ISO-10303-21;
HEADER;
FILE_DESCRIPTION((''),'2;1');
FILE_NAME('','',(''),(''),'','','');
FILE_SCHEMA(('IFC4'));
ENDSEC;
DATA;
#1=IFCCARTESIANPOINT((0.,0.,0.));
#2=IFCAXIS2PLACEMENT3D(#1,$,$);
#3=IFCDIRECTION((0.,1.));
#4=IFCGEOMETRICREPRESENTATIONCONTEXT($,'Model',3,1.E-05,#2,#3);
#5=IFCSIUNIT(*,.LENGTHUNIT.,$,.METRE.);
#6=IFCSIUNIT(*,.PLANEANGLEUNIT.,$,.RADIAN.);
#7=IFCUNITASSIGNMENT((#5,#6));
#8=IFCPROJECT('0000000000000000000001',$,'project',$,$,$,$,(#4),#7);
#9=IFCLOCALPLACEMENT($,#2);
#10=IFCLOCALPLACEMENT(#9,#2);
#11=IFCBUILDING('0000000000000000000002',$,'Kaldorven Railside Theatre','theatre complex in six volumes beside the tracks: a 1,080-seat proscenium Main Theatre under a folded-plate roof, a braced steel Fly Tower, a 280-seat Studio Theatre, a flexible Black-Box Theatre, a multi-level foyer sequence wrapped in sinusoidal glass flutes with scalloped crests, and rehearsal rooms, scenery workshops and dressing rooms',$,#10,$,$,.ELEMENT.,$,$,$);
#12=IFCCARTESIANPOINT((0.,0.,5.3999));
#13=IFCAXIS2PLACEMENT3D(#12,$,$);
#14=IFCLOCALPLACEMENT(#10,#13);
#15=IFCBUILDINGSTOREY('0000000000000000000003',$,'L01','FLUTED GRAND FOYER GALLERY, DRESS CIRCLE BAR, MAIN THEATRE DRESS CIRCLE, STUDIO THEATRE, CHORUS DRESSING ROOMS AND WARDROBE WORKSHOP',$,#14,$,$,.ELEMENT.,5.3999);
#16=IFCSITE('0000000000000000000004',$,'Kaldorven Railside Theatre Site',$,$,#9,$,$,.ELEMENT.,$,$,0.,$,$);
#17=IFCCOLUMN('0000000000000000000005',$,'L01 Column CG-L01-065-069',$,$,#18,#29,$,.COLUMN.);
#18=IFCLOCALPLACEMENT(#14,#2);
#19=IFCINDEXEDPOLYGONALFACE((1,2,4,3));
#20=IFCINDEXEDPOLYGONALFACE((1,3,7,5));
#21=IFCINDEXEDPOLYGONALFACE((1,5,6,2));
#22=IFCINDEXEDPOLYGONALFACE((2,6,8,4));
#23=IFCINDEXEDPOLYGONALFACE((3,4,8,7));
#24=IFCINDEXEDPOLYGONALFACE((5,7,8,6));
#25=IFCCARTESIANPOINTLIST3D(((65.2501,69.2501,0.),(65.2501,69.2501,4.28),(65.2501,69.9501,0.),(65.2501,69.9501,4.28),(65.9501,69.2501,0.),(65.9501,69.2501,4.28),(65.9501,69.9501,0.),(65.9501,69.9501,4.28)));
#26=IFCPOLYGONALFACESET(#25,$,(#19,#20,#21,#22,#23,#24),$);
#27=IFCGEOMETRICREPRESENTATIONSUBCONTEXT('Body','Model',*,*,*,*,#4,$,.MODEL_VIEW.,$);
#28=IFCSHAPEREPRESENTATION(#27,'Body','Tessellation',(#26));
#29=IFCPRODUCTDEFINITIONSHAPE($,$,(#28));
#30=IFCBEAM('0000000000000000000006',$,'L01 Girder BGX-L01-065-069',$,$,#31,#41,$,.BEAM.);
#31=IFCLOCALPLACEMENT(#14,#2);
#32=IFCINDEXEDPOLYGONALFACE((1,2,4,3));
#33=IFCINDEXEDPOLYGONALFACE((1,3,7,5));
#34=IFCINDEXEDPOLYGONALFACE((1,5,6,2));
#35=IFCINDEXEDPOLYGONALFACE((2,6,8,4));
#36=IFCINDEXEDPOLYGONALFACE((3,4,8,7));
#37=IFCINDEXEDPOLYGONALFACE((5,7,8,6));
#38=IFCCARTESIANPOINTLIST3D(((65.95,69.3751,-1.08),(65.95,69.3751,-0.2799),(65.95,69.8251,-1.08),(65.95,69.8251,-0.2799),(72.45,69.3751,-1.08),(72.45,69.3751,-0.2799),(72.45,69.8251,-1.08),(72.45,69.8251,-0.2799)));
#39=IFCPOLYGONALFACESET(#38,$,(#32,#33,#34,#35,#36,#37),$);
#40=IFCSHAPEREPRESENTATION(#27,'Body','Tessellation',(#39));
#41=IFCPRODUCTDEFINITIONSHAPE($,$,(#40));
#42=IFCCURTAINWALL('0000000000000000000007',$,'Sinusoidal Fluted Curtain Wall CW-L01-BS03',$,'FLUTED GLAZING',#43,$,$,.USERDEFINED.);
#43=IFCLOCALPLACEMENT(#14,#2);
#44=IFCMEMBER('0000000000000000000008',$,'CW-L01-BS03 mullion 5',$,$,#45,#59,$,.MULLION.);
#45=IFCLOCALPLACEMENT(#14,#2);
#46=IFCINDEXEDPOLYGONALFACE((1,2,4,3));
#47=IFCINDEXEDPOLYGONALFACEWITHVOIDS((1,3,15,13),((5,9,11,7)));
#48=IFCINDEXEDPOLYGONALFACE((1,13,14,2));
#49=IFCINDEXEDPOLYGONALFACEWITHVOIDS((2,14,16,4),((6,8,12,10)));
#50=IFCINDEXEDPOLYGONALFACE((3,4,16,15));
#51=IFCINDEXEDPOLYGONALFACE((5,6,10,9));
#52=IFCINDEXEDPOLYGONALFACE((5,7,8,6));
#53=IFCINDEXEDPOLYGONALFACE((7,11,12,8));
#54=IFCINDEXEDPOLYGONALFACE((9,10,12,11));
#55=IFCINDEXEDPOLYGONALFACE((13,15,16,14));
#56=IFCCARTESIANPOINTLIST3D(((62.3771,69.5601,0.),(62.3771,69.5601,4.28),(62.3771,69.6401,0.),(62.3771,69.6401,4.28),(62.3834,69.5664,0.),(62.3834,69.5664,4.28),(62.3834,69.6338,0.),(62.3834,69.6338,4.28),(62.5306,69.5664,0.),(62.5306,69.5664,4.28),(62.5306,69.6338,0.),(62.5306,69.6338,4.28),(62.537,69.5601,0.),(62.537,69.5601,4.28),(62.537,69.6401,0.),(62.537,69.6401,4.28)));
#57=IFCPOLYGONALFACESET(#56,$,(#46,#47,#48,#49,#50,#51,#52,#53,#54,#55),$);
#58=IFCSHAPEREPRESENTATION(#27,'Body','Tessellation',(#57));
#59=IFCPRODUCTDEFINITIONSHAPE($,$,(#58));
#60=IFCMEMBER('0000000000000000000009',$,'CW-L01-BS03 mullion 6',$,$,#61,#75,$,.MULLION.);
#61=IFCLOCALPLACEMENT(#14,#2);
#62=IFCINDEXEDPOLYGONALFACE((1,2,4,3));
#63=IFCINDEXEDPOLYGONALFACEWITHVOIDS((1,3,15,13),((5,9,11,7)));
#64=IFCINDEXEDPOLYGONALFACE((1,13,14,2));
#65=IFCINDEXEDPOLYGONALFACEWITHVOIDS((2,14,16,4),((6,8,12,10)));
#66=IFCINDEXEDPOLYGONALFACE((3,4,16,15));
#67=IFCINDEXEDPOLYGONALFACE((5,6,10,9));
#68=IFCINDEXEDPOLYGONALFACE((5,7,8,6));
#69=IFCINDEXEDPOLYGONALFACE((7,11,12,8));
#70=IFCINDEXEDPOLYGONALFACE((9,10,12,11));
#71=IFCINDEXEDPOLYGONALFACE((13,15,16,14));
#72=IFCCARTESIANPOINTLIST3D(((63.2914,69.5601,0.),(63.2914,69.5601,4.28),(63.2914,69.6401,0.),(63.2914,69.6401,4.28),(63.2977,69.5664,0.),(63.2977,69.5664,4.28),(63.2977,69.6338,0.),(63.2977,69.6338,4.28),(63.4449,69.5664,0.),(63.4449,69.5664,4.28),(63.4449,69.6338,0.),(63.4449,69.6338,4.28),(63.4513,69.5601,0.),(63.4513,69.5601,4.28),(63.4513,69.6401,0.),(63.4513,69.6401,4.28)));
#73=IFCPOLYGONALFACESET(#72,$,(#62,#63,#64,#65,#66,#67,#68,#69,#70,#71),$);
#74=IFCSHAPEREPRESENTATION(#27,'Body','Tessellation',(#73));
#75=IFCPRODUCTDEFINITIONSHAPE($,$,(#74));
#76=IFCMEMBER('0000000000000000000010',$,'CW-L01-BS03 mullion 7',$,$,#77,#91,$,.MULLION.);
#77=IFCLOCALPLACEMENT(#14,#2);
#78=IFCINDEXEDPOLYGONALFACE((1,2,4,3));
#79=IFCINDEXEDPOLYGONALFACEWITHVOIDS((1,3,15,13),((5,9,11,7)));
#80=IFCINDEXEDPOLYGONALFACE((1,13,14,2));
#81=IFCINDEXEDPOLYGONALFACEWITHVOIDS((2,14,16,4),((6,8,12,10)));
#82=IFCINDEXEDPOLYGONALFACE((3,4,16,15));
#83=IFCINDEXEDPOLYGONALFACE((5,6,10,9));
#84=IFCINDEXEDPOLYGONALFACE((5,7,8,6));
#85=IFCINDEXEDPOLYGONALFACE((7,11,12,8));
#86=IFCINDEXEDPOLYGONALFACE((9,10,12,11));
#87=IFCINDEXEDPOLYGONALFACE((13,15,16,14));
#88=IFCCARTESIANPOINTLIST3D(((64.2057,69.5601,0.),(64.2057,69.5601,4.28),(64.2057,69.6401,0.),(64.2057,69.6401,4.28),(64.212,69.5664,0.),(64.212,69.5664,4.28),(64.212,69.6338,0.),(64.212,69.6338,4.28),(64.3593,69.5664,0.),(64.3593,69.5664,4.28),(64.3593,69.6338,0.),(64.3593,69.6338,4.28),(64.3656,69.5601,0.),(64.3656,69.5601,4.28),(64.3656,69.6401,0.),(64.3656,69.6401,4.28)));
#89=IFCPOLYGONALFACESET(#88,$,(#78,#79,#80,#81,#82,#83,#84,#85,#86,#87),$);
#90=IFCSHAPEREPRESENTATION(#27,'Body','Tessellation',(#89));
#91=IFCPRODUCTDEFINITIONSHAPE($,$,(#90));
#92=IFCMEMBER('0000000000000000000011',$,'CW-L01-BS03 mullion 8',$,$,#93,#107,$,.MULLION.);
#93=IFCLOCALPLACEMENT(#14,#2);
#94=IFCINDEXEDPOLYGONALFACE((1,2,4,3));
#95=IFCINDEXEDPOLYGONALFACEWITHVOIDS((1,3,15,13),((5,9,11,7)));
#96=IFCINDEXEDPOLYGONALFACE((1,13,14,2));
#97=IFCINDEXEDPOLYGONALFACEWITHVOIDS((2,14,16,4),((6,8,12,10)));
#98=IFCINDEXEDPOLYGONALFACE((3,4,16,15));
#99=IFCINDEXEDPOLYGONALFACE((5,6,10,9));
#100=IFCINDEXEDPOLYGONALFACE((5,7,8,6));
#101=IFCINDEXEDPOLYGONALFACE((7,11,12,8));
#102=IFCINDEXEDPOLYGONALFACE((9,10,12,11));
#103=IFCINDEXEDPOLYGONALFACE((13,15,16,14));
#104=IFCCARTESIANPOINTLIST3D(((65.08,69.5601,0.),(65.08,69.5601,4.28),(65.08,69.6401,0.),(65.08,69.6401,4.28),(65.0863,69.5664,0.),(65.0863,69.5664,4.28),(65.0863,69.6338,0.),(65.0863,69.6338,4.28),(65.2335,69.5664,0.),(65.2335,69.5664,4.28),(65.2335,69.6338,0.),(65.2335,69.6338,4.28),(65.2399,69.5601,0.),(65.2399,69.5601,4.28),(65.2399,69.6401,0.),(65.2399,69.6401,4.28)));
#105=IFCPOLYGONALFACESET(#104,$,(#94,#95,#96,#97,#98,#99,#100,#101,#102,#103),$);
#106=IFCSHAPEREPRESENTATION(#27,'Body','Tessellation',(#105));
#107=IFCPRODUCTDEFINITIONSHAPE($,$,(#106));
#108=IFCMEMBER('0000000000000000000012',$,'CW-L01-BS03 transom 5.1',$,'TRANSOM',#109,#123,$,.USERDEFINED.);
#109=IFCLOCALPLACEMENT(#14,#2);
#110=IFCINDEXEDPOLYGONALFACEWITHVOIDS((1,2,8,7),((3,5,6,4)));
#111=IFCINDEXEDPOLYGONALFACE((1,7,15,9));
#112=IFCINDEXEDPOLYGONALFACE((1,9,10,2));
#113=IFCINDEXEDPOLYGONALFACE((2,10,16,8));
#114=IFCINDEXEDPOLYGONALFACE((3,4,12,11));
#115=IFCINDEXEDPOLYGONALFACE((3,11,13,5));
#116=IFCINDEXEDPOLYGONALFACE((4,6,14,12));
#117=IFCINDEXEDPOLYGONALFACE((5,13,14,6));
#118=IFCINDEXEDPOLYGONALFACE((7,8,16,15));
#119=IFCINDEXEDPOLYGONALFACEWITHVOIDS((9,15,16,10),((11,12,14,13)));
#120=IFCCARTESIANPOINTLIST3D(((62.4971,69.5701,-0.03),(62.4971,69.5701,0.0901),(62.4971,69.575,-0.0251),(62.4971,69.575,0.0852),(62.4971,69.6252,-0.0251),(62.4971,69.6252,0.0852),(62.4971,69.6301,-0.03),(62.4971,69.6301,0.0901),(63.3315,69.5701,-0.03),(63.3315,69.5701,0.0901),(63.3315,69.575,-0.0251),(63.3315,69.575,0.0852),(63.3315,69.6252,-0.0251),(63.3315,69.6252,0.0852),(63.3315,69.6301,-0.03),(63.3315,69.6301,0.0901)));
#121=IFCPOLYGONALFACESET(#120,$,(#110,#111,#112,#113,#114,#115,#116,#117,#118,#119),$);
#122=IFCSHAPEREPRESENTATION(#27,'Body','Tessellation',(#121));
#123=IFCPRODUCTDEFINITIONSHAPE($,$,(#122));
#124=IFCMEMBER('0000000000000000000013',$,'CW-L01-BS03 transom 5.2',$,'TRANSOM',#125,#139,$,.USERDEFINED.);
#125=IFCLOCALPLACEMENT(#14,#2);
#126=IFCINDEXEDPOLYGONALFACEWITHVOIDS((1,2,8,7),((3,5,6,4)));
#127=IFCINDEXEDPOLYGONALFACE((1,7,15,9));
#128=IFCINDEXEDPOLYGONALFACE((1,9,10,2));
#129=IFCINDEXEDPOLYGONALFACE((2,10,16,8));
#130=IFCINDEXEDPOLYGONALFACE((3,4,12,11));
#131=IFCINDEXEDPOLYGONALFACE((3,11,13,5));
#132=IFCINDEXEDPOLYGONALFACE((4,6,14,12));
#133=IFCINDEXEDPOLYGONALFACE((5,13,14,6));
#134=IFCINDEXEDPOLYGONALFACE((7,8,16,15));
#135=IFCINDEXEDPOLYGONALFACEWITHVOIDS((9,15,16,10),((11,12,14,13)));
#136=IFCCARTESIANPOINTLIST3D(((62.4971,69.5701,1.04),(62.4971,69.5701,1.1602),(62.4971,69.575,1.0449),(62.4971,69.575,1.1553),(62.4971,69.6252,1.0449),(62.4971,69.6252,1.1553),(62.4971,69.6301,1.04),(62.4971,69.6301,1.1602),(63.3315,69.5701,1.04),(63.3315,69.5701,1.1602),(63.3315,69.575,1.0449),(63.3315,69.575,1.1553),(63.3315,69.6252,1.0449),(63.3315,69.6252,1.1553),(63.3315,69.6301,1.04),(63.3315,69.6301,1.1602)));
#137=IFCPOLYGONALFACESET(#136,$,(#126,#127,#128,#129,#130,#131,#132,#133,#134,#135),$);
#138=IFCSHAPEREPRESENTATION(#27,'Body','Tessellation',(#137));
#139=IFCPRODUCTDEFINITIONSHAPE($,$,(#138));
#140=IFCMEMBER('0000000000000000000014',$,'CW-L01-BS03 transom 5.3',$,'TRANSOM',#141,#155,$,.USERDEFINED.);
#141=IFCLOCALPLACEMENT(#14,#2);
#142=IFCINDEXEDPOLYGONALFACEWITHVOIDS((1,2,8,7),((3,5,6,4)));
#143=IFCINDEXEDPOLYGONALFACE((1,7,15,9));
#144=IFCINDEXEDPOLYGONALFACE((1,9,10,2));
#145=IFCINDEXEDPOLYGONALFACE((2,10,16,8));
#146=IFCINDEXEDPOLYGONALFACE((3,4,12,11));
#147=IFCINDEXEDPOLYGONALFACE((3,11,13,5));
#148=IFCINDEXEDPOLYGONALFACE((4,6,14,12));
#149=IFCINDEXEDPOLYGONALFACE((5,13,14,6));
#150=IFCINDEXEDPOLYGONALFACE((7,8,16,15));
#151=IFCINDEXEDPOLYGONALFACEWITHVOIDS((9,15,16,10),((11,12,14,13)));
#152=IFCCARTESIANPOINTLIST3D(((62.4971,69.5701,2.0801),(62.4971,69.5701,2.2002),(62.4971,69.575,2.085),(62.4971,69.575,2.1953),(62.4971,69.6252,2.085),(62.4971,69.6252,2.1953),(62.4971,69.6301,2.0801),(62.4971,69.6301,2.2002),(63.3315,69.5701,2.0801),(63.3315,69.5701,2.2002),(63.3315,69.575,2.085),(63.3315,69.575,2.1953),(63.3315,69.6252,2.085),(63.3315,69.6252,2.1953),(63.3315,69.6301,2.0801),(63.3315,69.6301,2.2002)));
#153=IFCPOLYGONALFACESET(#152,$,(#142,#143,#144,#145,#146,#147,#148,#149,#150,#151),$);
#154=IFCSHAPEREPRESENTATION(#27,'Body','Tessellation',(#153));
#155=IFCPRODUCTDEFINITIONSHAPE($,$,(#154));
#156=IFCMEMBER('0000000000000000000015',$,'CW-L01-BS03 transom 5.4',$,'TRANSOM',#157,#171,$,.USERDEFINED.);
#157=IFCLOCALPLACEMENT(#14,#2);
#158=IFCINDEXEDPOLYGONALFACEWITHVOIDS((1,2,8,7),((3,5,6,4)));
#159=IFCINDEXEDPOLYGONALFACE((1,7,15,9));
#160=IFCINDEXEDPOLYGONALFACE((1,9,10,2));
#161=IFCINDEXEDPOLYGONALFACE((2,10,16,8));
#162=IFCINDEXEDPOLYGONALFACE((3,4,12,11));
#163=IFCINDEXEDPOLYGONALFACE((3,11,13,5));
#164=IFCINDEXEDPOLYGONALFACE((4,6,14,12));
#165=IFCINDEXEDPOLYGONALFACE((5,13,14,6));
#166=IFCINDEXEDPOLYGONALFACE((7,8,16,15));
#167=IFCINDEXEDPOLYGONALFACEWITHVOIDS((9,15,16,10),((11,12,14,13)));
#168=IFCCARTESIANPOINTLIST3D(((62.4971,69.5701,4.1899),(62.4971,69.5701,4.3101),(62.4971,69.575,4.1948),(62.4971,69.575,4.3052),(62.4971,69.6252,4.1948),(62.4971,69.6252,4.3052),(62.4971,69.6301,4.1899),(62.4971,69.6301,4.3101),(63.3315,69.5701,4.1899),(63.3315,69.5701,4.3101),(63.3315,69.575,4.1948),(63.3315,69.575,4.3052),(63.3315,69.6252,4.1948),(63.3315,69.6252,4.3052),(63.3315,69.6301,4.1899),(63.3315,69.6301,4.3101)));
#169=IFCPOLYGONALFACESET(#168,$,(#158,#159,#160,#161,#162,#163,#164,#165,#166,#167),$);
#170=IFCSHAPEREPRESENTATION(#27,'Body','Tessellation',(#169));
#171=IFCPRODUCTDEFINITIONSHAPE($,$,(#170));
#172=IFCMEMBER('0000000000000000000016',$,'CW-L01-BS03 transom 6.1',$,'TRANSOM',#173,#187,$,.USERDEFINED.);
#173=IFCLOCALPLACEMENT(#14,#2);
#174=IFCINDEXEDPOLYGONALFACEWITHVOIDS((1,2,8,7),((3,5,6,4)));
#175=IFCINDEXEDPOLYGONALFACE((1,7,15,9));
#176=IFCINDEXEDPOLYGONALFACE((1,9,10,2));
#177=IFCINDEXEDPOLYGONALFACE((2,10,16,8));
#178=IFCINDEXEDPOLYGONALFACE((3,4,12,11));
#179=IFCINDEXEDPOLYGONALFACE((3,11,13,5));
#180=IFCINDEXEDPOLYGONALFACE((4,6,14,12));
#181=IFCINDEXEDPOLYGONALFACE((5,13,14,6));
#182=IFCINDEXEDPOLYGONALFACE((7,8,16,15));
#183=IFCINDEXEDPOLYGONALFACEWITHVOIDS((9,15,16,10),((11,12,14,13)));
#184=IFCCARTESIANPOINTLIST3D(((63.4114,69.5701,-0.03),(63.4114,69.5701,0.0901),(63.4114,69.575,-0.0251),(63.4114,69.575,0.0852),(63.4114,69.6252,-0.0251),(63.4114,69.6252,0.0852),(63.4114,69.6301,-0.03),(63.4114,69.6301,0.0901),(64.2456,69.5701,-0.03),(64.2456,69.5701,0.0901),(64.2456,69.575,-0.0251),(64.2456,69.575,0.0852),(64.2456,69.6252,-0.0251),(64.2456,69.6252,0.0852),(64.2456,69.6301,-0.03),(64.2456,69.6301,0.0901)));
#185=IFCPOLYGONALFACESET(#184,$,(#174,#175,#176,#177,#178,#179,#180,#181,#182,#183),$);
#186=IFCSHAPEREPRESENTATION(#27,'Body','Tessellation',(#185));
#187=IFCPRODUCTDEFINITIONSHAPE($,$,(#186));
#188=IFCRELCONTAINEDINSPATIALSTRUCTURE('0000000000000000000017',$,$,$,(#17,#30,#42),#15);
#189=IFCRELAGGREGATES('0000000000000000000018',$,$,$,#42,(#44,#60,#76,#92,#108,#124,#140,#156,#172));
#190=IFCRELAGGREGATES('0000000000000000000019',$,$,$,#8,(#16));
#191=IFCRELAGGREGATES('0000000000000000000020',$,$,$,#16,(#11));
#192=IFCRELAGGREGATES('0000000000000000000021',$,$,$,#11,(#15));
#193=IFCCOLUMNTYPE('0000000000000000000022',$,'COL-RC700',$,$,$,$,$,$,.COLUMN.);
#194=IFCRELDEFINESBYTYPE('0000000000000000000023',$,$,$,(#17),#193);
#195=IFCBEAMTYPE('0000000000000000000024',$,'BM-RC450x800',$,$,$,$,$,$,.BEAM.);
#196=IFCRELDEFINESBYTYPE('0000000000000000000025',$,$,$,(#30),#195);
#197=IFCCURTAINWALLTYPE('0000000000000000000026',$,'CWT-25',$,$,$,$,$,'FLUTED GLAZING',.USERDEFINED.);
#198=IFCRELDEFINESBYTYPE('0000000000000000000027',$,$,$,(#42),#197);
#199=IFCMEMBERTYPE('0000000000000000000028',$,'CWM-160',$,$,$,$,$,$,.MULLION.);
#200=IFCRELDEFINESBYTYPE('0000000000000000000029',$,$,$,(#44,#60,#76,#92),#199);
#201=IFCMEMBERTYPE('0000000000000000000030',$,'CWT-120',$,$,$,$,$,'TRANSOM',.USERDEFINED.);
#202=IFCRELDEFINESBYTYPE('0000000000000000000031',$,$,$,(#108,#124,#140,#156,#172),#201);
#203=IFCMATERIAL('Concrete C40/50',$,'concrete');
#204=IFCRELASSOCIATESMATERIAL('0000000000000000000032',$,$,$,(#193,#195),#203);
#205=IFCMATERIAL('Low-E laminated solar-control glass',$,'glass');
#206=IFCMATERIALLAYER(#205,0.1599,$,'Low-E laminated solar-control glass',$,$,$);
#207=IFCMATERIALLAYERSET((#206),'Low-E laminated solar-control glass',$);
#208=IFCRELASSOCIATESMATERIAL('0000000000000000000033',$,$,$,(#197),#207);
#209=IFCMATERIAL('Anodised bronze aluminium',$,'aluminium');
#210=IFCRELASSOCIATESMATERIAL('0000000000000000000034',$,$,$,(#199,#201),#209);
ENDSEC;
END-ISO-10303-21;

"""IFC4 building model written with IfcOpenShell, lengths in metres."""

from ifc_helpers import new_model, si_unit, direction, frame, origin, origin_2d, place, context, subcontext, project, spatial, rectangle, hollow_rectangle, extrude, material, layer, layer_set, material_profile, profile_set, type_object, element, aggregate, save


model = new_model("IFC4")

# Units and contexts
model_context = context("Model", 3, precision=1e-05, world=origin(), true_north=direction((0.0, 1.0)))
body_context = subcontext(model_context, "Body", "Model", "MODEL_VIEW")
ifc_project = project(units=[si_unit("LENGTHUNIT", "METRE"), si_unit("PLANEANGLEUNIT", "RADIAN")], contexts=[model_context])

# Site, building, storey
site_placement = place(None, origin())
site = spatial("IfcSite", under=ifc_project, at=site_placement, Name="Kaldorven Railside Theatre Site", CompositionType="ELEMENT", RefElevation=0.0)
building_placement = place(site_placement, origin())
building = spatial("IfcBuilding", under=site, at=building_placement, Name="Kaldorven Railside Theatre", Description="theatre complex in six volumes beside the tracks: a 1,080-seat proscenium Main Theatre under a folded-plate roof, a braced steel Fly Tower, a 280-seat Studio Theatre, a flexible Black-Box Theatre, a multi-level foyer sequence wrapped in sinusoidal glass flutes with scalloped crests, and rehearsal rooms, scenery workshops and dressing rooms", CompositionType="ELEMENT")
storey_placement = place(building_placement, frame((0.0, 0.0, 5.3999)))
storey = spatial("IfcBuildingStorey", under=building, at=storey_placement, Name="L01", Description="FLUTED GRAND FOYER GALLERY, DRESS CIRCLE BAR, MAIN THEATRE DRESS CIRCLE, STUDIO THEATRE, CHORUS DRESSING ROOMS AND WARDROBE WORKSHOP", CompositionType="ELEMENT", Elevation=5.3999)

# Column
ifc_material_1 = material(Name="Concrete C40/50", Category="concrete")
ifc_material_profile_1 = material_profile(ifc_material_1, rectangle(XDim=0.7, YDim=0.7, at=origin_2d()), Name="RC 700x700")
ifc_profile_set_1 = profile_set([ifc_material_profile_1], Name="Concrete C40/50")
column_type = type_object("IfcColumnType", Name="COL-RC700", PredefinedType="COLUMN", material=ifc_profile_set_1)
column_placement = place(storey_placement, frame((65.6001, 69.6001, 0.0), z_axis=(0.0, 0.0, 1.0), x_axis=(0.0, 1.0, 0.0)))
element("IfcColumn", 1, at=column_placement, inside=storey, type_object=column_type, Name="L01 Column CG-L01-065-069", PredefinedType="COLUMN", context=body_context, shape_type="SweptSolid", body=[
    extrude(rectangle(XDim=0.7, YDim=0.7, at=origin_2d()), origin(), (0.0, 0.0, 1.0), 4.28),
])

# Beam
ifc_material_profile_2 = material_profile(ifc_material_1, rectangle(XDim=0.45, YDim=0.8, at=origin_2d()), Name="RC 450x800")
ifc_profile_set_2 = profile_set([ifc_material_profile_2], Name="Concrete C40/50")
beam_type = type_object("IfcBeamType", Name="BM-RC450x800", PredefinedType="BEAM", material=ifc_profile_set_2)
beam_placement = place(storey_placement, frame((65.95, 69.6001, -0.6799), z_axis=(1.0, 0.0, 0.0), x_axis=(0.0, 1.0, 0.0)))
element("IfcBeam", 2, at=beam_placement, inside=storey, type_object=beam_type, Name="L01 Girder BGX-L01-065-069", PredefinedType="BEAM", context=body_context, shape_type="SweptSolid", body=[
    extrude(rectangle(XDim=0.45, YDim=0.8, at=origin_2d()), origin(), (0.0, 0.0, 1.0), 6.5),
])

# Curtain wall, members
ifc_material_2 = material(Name="Low-E laminated solar-control glass", Category="glass")
ifc_layer_1 = layer(ifc_material_2, 0.1599, Name="Low-E laminated solar-control glass")
ifc_layer_set_1 = layer_set([ifc_layer_1], Name="Low-E laminated solar-control glass")
curtain_wall_type = type_object("IfcCurtainWallType", Name="CWT-25", ElementType="FLUTED GLAZING", PredefinedType="USERDEFINED", material=ifc_layer_set_1)
curtain_wall_placement = place(storey_placement, origin())
curtain_wall = element("IfcCurtainWall", 3, at=curtain_wall_placement, inside=storey, type_object=curtain_wall_type, Name="Sinusoidal Fluted Curtain Wall CW-L01-BS03", ObjectType="FLUTED GLAZING", PredefinedType="USERDEFINED")
ifc_material_3 = material(Name="Anodised bronze aluminium", Category="aluminium")
ifc_material_profile_3 = material_profile(ifc_material_3, hollow_rectangle(XDim=0.0801, YDim=0.1599, WallThickness=0.0063, at=origin_2d()), Name="RHS 160x80x6.3")
ifc_profile_set_3 = profile_set([ifc_material_profile_3], Name="Anodised bronze aluminium")
member_type_1 = type_object("IfcMemberType", Name="CWM-160", PredefinedType="MULLION", material=ifc_profile_set_3)
member_1_placement = place(storey_placement, frame((62.457, 69.6001, 0.0), z_axis=(0.0, 0.0, 1.0), x_axis=(0.0, 1.0, 0.0)))
member_1 = element("IfcMember", 4, at=member_1_placement, type_object=member_type_1, Name="CW-L01-BS03 mullion 5", PredefinedType="MULLION", context=body_context, shape_type="SweptSolid", body=[
    extrude(hollow_rectangle(XDim=0.0801, YDim=0.1599, WallThickness=0.0063, at=origin_2d()), origin(), (0.0, 0.0, 1.0), 4.28),
])
member_2_placement = place(storey_placement, frame((63.3713, 69.6001, 0.0), z_axis=(0.0, 0.0, 1.0), x_axis=(0.0, 1.0, 0.0)))
member_2 = element("IfcMember", 5, at=member_2_placement, type_object=member_type_1, Name="CW-L01-BS03 mullion 6", PredefinedType="MULLION", context=body_context, shape_type="SweptSolid", body=[
    extrude(hollow_rectangle(XDim=0.0801, YDim=0.1599, WallThickness=0.0063, at=origin_2d()), origin(), (0.0, 0.0, 1.0), 4.28),
])
member_3_placement = place(storey_placement, frame((64.2856, 69.6001, 0.0), z_axis=(0.0, 0.0, 1.0), x_axis=(0.0, 1.0, 0.0)))
member_3 = element("IfcMember", 6, at=member_3_placement, type_object=member_type_1, Name="CW-L01-BS03 mullion 7", PredefinedType="MULLION", context=body_context, shape_type="SweptSolid", body=[
    extrude(hollow_rectangle(XDim=0.0801, YDim=0.1599, WallThickness=0.0063, at=origin_2d()), origin(), (0.0, 0.0, 1.0), 4.28),
])
member_4_placement = place(storey_placement, frame((65.1599, 69.6001, 0.0), z_axis=(0.0, 0.0, 1.0), x_axis=(0.0, 1.0, 0.0)))
member_4 = element("IfcMember", 7, at=member_4_placement, type_object=member_type_1, Name="CW-L01-BS03 mullion 8", PredefinedType="MULLION", context=body_context, shape_type="SweptSolid", body=[
    extrude(hollow_rectangle(XDim=0.0801, YDim=0.1599, WallThickness=0.0063, at=origin_2d()), origin(), (0.0, 0.0, 1.0), 4.28),
])
ifc_material_profile_4 = material_profile(ifc_material_3, hollow_rectangle(XDim=0.0601, YDim=0.1201, WallThickness=0.0049, at=origin_2d()), Name="RHS 120x60x5")
ifc_profile_set_4 = profile_set([ifc_material_profile_4], Name="Anodised bronze aluminium")
member_type_2 = type_object("IfcMemberType", Name="CWT-120", ElementType="TRANSOM", PredefinedType="USERDEFINED", material=ifc_profile_set_4)
member_5_placement = place(storey_placement, frame((62.4971, 69.6001, 0.03), z_axis=(1.0, 0.0, 0.0), x_axis=(0.0, 1.0, 0.0)))
member_5 = element("IfcMember", 8, at=member_5_placement, type_object=member_type_2, Name="CW-L01-BS03 transom 5.1", ObjectType="TRANSOM", PredefinedType="USERDEFINED", context=body_context, shape_type="SweptSolid", body=[
    extrude(hollow_rectangle(XDim=0.0601, YDim=0.1201, WallThickness=0.0049, at=origin_2d()), origin(), (0.0, 0.0, 1.0), 0.8345),
])
member_6_placement = place(storey_placement, frame((62.4971, 69.6001, 1.1001), z_axis=(1.0, 0.0, 0.0), x_axis=(0.0, 1.0, 0.0)))
member_6 = element("IfcMember", 9, at=member_6_placement, type_object=member_type_2, Name="CW-L01-BS03 transom 5.2", ObjectType="TRANSOM", PredefinedType="USERDEFINED", context=body_context, shape_type="SweptSolid", body=[
    extrude(hollow_rectangle(XDim=0.0601, YDim=0.1201, WallThickness=0.0049, at=origin_2d()), origin(), (0.0, 0.0, 1.0), 0.8345),
])
member_7_placement = place(storey_placement, frame((62.4971, 69.6001, 2.1401), z_axis=(1.0, 0.0, 0.0), x_axis=(0.0, 1.0, 0.0)))
member_7 = element("IfcMember", 10, at=member_7_placement, type_object=member_type_2, Name="CW-L01-BS03 transom 5.3", ObjectType="TRANSOM", PredefinedType="USERDEFINED", context=body_context, shape_type="SweptSolid", body=[
    extrude(hollow_rectangle(XDim=0.0601, YDim=0.1201, WallThickness=0.0049, at=origin_2d()), origin(), (0.0, 0.0, 1.0), 0.8345),
])
member_8_placement = place(storey_placement, frame((62.4971, 69.6001, 4.25), z_axis=(1.0, 0.0, 0.0), x_axis=(0.0, 1.0, 0.0)))
member_8 = element("IfcMember", 11, at=member_8_placement, type_object=member_type_2, Name="CW-L01-BS03 transom 5.4", ObjectType="TRANSOM", PredefinedType="USERDEFINED", context=body_context, shape_type="SweptSolid", body=[
    extrude(hollow_rectangle(XDim=0.0601, YDim=0.1201, WallThickness=0.0049, at=origin_2d()), origin(), (0.0, 0.0, 1.0), 0.8345),
])
member_9_placement = place(storey_placement, frame((63.4114, 69.6001, 0.03), z_axis=(1.0, 0.0, 0.0), x_axis=(0.0, 1.0, 0.0)))
member_9 = element("IfcMember", 12, at=member_9_placement, type_object=member_type_2, Name="CW-L01-BS03 transom 6.1", ObjectType="TRANSOM", PredefinedType="USERDEFINED", context=body_context, shape_type="SweptSolid", body=[
    extrude(hollow_rectangle(XDim=0.0601, YDim=0.1201, WallThickness=0.0049, at=origin_2d()), origin(), (0.0, 0.0, 1.0), 0.8342),
])
aggregate(curtain_wall, [member_1, member_2, member_3, member_4, member_5, member_6, member_7, member_8, member_9])

save(model, "model.ifc")
